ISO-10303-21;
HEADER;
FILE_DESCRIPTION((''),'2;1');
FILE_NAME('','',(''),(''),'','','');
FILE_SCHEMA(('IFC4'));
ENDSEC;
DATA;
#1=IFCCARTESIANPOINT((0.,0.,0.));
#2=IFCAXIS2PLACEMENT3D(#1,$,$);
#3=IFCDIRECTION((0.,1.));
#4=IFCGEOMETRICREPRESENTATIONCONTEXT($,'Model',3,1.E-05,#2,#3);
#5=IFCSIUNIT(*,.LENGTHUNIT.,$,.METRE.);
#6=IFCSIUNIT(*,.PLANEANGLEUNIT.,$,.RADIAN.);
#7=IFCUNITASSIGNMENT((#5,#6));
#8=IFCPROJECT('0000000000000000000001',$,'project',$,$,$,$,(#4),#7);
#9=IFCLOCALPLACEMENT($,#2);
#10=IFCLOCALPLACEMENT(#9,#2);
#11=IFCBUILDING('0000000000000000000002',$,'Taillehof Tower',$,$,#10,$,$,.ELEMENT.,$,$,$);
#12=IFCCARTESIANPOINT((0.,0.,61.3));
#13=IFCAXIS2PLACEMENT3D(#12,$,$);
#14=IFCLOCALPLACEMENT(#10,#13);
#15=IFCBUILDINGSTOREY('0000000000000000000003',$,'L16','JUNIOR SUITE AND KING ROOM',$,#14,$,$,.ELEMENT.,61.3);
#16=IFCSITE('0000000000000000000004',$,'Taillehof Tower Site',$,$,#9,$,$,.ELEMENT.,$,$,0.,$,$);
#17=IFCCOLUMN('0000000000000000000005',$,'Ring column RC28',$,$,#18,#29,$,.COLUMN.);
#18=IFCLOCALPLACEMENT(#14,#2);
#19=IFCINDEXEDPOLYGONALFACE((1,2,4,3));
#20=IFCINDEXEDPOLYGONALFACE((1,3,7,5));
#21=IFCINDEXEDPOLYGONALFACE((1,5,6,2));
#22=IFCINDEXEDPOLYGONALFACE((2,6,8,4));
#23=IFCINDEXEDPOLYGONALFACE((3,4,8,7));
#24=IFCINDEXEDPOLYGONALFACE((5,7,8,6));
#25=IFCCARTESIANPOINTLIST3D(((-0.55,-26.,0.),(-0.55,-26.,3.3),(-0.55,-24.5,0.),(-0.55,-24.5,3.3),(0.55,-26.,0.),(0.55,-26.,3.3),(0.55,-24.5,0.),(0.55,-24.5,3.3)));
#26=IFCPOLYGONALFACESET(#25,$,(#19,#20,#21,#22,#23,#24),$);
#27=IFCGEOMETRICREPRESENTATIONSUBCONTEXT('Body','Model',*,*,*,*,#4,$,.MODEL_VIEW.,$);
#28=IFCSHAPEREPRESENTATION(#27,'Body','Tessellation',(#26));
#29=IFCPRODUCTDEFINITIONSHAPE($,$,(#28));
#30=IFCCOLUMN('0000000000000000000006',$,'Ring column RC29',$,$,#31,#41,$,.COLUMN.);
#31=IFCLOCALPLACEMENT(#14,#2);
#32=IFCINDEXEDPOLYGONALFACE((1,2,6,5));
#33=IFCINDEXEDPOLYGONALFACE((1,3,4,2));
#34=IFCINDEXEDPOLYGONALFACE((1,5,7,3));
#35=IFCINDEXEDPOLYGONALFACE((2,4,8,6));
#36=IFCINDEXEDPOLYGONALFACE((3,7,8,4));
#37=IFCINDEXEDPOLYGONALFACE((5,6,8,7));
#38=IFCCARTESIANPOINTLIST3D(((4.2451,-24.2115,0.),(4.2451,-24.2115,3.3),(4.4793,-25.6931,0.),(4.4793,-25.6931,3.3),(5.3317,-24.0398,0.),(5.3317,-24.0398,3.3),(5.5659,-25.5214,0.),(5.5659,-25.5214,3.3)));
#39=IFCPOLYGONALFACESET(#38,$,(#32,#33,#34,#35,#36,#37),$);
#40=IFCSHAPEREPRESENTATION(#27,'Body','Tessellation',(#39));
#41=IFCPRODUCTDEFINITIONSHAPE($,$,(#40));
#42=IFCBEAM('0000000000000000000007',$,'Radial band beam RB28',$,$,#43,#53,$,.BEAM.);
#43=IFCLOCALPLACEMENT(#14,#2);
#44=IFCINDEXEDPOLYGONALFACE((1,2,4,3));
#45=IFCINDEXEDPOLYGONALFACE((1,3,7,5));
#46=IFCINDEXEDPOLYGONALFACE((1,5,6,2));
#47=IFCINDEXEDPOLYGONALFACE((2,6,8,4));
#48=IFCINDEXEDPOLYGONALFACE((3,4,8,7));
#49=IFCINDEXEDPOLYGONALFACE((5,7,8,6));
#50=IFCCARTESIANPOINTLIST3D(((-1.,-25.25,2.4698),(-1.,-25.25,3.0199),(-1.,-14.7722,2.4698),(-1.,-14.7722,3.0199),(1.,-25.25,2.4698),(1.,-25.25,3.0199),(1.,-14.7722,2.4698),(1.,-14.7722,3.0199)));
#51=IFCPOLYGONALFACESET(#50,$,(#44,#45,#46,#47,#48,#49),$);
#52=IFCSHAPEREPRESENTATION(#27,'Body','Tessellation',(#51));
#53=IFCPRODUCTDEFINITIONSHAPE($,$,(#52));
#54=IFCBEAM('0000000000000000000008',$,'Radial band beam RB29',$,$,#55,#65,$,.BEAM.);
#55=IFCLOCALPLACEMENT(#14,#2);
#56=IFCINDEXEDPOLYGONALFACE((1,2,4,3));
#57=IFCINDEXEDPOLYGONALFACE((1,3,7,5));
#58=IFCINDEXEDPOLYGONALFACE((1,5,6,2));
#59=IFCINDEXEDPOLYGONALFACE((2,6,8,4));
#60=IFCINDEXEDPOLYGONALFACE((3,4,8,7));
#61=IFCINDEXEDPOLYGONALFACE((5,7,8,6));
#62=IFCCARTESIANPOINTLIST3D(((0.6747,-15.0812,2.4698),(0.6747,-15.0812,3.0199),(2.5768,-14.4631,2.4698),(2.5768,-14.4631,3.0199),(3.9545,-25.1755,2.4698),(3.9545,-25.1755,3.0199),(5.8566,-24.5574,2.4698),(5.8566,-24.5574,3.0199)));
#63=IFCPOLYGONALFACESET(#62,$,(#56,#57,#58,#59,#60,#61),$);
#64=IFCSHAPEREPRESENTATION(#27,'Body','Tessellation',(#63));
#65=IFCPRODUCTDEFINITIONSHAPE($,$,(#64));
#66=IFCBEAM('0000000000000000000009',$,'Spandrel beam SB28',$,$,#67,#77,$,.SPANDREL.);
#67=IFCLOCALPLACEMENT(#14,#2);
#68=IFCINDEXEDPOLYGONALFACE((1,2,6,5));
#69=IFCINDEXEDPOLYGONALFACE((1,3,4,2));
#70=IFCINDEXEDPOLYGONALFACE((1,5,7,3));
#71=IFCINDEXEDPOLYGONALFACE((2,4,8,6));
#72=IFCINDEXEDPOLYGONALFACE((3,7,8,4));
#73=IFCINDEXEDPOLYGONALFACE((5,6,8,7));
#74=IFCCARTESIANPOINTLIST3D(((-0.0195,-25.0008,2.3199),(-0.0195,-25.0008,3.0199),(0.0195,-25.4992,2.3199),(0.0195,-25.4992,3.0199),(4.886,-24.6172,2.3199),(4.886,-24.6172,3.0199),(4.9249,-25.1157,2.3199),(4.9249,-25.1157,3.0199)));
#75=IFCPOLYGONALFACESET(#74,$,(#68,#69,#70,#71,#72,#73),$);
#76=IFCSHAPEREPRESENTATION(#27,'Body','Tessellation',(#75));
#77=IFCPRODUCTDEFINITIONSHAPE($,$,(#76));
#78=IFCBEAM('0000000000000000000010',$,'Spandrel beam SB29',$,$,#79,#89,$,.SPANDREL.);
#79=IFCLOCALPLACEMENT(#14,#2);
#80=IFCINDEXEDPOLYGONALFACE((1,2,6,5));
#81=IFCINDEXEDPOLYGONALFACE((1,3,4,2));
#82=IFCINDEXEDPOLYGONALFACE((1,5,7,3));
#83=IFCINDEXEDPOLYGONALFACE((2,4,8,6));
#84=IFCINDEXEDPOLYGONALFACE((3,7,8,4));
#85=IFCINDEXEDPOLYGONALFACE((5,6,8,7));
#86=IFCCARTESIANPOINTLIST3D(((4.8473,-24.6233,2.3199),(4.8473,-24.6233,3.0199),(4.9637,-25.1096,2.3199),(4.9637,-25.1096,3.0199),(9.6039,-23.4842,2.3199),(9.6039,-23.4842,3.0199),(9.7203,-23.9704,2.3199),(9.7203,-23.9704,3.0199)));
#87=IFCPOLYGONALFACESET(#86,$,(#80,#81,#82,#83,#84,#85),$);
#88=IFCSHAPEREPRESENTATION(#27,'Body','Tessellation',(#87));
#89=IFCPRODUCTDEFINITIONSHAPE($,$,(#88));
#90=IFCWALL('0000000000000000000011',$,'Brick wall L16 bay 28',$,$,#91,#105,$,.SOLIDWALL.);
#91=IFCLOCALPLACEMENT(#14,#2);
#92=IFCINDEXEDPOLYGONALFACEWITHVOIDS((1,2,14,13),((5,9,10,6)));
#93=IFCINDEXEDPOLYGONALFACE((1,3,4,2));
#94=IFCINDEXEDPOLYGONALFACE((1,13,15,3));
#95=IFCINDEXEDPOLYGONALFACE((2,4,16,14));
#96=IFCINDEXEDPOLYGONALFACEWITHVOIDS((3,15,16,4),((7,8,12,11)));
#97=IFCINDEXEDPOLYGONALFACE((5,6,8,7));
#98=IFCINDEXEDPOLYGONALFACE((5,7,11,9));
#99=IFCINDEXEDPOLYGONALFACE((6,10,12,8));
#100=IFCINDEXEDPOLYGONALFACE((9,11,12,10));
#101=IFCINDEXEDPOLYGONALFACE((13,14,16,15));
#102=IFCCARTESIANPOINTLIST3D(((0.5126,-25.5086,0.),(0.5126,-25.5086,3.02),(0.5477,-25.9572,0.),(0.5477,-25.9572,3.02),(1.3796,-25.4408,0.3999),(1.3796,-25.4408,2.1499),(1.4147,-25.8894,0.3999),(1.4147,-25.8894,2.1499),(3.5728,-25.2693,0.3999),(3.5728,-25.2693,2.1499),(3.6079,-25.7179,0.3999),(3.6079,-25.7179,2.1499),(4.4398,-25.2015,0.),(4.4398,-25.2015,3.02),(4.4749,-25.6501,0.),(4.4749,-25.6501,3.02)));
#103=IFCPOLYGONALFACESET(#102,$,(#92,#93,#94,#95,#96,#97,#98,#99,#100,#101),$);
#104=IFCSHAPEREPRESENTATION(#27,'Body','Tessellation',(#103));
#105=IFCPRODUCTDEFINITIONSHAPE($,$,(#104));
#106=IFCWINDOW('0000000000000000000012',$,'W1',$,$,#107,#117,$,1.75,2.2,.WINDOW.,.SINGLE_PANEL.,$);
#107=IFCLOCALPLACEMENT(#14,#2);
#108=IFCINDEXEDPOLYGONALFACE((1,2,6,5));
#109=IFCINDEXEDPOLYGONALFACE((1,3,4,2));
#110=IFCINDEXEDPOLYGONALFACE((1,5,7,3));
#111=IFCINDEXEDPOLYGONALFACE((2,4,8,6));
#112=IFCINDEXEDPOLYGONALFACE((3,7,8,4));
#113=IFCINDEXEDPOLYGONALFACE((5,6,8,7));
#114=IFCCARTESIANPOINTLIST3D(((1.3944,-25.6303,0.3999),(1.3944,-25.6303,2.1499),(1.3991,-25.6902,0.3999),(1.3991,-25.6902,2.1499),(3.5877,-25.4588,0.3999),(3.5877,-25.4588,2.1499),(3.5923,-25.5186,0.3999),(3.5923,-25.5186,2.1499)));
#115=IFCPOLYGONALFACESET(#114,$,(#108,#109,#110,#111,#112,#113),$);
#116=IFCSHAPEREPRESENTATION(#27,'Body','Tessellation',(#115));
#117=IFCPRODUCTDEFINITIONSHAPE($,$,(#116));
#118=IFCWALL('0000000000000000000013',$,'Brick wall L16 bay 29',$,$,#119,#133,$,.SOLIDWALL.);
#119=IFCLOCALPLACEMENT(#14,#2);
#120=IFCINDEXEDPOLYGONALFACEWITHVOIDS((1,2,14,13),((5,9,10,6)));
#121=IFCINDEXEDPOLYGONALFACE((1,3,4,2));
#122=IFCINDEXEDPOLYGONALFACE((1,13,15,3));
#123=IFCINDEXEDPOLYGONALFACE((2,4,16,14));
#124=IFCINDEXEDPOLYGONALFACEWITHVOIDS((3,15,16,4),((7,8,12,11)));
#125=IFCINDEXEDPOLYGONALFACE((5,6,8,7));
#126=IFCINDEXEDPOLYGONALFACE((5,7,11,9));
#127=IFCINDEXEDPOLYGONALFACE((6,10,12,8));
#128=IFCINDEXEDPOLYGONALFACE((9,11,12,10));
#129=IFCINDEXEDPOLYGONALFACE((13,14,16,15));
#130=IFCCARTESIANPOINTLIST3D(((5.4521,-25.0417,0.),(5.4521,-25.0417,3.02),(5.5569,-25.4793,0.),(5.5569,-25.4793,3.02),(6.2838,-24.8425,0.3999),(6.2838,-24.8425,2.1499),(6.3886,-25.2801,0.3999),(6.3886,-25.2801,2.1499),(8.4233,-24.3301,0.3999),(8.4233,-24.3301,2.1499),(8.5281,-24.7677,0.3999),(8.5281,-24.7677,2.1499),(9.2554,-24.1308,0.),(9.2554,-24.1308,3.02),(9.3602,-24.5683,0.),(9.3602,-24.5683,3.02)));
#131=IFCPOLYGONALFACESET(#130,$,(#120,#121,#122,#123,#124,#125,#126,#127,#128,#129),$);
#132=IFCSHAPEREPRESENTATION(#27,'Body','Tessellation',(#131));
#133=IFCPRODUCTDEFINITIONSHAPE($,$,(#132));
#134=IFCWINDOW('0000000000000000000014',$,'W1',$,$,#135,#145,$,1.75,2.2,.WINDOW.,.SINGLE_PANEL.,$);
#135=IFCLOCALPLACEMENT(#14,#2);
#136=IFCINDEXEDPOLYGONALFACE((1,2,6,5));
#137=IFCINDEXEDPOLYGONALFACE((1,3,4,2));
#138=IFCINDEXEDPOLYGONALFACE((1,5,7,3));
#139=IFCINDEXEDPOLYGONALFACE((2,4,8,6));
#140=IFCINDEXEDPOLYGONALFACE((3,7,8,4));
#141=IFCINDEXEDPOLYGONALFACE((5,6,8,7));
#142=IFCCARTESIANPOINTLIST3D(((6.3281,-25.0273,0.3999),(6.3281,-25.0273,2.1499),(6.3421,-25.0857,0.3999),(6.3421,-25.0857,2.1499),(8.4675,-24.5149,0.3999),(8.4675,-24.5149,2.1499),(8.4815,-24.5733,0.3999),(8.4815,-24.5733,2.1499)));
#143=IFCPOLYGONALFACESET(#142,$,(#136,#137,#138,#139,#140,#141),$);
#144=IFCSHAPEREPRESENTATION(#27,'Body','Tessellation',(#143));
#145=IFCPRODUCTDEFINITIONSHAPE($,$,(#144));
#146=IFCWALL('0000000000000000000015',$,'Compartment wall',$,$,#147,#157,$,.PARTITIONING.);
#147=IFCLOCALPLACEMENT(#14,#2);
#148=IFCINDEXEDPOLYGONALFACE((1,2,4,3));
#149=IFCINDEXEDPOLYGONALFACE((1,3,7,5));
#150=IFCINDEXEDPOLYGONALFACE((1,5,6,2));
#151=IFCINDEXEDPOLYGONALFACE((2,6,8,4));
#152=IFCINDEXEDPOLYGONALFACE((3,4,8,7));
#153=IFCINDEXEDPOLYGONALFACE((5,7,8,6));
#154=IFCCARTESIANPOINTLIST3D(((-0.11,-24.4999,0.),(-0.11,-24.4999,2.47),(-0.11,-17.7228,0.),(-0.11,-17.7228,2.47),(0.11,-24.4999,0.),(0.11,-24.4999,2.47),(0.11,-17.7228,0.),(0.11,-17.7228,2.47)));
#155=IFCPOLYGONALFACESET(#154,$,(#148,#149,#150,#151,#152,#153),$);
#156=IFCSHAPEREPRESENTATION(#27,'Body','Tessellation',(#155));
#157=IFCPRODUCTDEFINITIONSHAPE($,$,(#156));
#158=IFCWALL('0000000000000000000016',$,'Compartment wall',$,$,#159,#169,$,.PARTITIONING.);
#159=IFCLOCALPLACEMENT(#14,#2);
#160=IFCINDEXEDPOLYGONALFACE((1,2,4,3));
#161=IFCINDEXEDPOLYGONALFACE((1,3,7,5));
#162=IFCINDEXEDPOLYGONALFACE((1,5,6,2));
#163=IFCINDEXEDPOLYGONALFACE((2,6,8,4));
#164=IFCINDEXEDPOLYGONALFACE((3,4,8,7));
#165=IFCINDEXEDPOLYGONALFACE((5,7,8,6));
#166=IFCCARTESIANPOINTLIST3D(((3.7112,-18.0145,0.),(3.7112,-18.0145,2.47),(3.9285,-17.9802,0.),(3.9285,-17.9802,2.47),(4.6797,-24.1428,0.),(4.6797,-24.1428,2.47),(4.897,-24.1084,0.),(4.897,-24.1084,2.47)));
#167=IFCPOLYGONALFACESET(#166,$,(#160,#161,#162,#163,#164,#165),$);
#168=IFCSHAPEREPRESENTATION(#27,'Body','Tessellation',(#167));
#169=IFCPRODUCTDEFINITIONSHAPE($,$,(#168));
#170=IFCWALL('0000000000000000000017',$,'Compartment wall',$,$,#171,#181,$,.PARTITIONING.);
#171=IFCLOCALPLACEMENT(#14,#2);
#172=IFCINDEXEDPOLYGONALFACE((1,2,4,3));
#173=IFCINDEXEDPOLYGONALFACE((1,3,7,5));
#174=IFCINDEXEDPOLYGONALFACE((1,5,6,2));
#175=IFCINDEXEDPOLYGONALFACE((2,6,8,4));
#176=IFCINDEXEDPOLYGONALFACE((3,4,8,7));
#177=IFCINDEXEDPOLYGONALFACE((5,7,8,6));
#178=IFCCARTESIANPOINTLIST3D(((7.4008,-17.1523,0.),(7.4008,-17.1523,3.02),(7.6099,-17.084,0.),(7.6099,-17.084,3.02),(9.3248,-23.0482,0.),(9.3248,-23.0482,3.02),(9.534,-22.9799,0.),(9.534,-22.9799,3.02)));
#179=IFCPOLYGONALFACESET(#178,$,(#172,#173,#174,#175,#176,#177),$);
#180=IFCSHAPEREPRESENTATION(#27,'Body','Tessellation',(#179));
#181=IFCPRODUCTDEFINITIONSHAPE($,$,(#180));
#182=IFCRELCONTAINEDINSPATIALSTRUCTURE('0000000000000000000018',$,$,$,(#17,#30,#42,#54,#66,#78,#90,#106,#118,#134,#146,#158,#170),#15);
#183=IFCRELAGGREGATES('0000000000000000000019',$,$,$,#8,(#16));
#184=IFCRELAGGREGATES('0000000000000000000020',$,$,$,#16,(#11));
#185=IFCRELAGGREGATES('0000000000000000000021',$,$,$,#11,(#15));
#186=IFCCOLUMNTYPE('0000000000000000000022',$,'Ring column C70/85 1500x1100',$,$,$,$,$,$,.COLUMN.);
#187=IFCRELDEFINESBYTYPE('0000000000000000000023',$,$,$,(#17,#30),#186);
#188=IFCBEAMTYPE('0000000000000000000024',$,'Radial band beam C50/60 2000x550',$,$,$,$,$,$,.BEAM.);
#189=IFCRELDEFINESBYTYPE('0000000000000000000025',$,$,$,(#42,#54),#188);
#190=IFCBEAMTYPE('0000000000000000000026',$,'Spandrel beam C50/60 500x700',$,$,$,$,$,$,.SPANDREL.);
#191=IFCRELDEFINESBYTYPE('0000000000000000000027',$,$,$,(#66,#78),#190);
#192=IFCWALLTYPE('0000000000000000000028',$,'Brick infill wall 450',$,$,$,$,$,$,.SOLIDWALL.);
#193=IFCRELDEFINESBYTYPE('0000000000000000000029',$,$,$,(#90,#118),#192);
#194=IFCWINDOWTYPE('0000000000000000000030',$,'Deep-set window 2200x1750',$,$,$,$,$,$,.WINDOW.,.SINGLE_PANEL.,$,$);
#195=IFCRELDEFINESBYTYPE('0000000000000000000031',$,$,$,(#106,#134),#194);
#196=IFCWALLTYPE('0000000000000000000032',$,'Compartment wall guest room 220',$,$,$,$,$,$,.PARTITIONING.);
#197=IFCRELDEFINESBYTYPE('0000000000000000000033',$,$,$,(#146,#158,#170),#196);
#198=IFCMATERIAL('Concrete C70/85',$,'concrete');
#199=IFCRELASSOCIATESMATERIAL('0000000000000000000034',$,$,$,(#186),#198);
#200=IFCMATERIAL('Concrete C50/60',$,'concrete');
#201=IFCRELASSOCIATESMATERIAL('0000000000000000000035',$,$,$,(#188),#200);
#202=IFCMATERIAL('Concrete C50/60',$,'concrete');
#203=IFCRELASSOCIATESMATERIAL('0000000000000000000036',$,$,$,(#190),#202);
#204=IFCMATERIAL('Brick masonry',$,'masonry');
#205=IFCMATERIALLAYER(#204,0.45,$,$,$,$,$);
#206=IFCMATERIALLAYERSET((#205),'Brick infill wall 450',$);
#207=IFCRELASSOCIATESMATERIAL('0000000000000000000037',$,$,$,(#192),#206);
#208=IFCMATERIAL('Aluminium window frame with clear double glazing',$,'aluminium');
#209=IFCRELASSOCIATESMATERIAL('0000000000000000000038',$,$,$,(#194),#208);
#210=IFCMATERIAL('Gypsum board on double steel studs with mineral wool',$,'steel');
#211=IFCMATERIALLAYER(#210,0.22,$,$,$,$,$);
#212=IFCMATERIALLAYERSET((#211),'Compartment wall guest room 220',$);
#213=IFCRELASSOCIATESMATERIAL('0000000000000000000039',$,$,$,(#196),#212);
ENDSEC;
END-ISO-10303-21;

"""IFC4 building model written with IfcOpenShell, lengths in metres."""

from ifc_helpers import new_model, si_unit, direction, frame, frame_2d, origin, origin_2d, place, context, subcontext, project, spatial, rectangle, extrude, material, layer, layer_set, material_profile, profile_set, type_object, element, fill, save


model = new_model("IFC4")

# Units and contexts
model_context = context("Model", 3, precision=1e-05, world=origin(), true_north=direction((0.0, 1.0)))
body_context = subcontext(model_context, "Body", "Model", "MODEL_VIEW")
ifc_project = project(units=[si_unit("LENGTHUNIT", "METRE"), si_unit("PLANEANGLEUNIT", "RADIAN")], contexts=[model_context])

# Site, building, storey
site_placement = place(None, origin())
site = spatial("IfcSite", under=ifc_project, at=site_placement, Name="Taillehof Tower Site", CompositionType="ELEMENT", RefElevation=0.0)
building_placement = place(site_placement, origin())
building = spatial("IfcBuilding", under=site, at=building_placement, Name="Taillehof Tower", CompositionType="ELEMENT")
storey_placement = place(building_placement, frame((0.0, 0.0, 61.3)))
storey = spatial("IfcBuildingStorey", under=building, at=storey_placement, Name="L16", Description="JUNIOR SUITE AND KING ROOM", CompositionType="ELEMENT", Elevation=61.3)

# Columns
ifc_material_1 = material(Name="Concrete C70/85", Category="concrete")
ifc_material_profile_1 = material_profile(ifc_material_1, rectangle(XDim=1.5, YDim=1.1001, at=origin_2d()), Name="RC 1500x1100")
ifc_profile_set_1 = profile_set([ifc_material_profile_1], Name="Concrete C70/85")
column_type = type_object("IfcColumnType", Name="Ring column C70/85 1500x1100", PredefinedType="COLUMN", material=ifc_profile_set_1)
for number, where, z_axis, x_axis, name in (
    (1, (0.0, -25.25, 0.0), (0.0, 0.0, 1.0), (0.0, -1.0, 0.0), "Ring column RC28"),
    (2, (4.9055, -24.8665, 0.0), (0.0, 0.0, 1.0), (0.156147, -0.987734, 0.0), "Ring column RC29"),
):
    element("IfcColumn", number, at=place(storey_placement, frame(where, z_axis=z_axis, x_axis=x_axis)), inside=storey, type_object=column_type, Name=name, PredefinedType="COLUMN", context=body_context, shape_type="SweptSolid", body=[
        extrude(rectangle(XDim=1.5, YDim=1.1001, at=origin_2d()), origin(), (0.0, 0.0, 1.0), 3.3),
    ])

# Beams
ifc_material_2 = material(Name="Concrete C50/60", Category="concrete")
ifc_material_profile_2 = material_profile(ifc_material_2, rectangle(XDim=2.0, YDim=0.55, at=origin_2d()), Name="RC 2000x550")
ifc_profile_set_2 = profile_set([ifc_material_profile_2], Name="Concrete C50/60")
beam_type_1 = type_object("IfcBeamType", Name="Radial band beam C50/60 2000x550", PredefinedType="BEAM", material=ifc_profile_set_2)
beam_1_placement = place(storey_placement, frame((0.0, -25.25, 2.7449), z_axis=(0.0, 1.0, 0.0), x_axis=(-1.0, 0.0, 0.0)))
element("IfcBeam", 3, at=beam_1_placement, inside=storey, type_object=beam_type_1, Name="Radial band beam RB28", PredefinedType="BEAM", context=body_context, shape_type="SweptSolid", body=[
    extrude(rectangle(XDim=2.0, YDim=0.55, at=origin_2d()), origin(), (0.0, 0.0, 1.0), 10.4778),
])
beam_2_placement = place(storey_placement, frame((4.9055, -24.8665, 2.7449), z_axis=(-0.309014, 0.951057, 0.0), x_axis=(-0.951057, -0.309014, 0.0)))
element("IfcBeam", 4, at=beam_2_placement, inside=storey, type_object=beam_type_1, Name="Radial band beam RB29", PredefinedType="BEAM", context=body_context, shape_type="SweptSolid", body=[
    extrude(rectangle(XDim=2.0, YDim=0.55, at=origin_2d()), origin(), (0.0, 0.0, 1.0), 10.6138),
])
ifc_material_3 = material(Name="Concrete C50/60", Category="concrete")
ifc_material_profile_3 = material_profile(ifc_material_3, rectangle(XDim=0.5, YDim=0.7, at=origin_2d()), Name="RC 500x700")
ifc_profile_set_3 = profile_set([ifc_material_profile_3], Name="Concrete C50/60")
beam_type_2 = type_object("IfcBeamType", Name="Spandrel beam C50/60 500x700", PredefinedType="SPANDREL", material=ifc_profile_set_3)
beam_3_placement = place(storey_placement, frame((0.0, -25.25, 2.6699), z_axis=(0.996957, 0.077949, 0.0), x_axis=(-0.077949, 0.996957, 0.0)))
element("IfcBeam", 5, at=beam_3_placement, inside=storey, type_object=beam_type_2, Name="Spandrel beam SB28", PredefinedType="SPANDREL", context=body_context, shape_type="SweptSolid", body=[
    extrude(rectangle(XDim=0.5, YDim=0.7, at=origin_2d()), origin(), (0.0, 0.0, 1.0), 4.9204),
])
beam_4_placement = place(storey_placement, frame((4.9055, -24.8665, 2.6699), z_axis=(0.9725, 0.232905, 0.0), x_axis=(-0.232905, 0.9725, 0.0)))
element("IfcBeam", 6, at=beam_4_placement, inside=storey, type_object=beam_type_2, Name="Spandrel beam SB29", PredefinedType="SPANDREL", context=body_context, shape_type="SweptSolid", body=[
    extrude(rectangle(XDim=0.5, YDim=0.7, at=origin_2d()), origin(), (0.0, 0.0, 1.0), 4.8911),
])

# Walls, openings, windows
ifc_material_4 = material(Name="Brick masonry", Category="masonry")
ifc_layer_1 = layer(ifc_material_4, 0.45)
ifc_layer_set_1 = layer_set([ifc_layer_1], Name="Brick infill wall 450")
wall_type_1 = type_object("IfcWallType", Name="Brick infill wall 450", PredefinedType="SOLIDWALL", material=ifc_layer_set_1)
wall_1_placement = place(storey_placement, frame((0.53, -25.7329, 0.0), z_axis=(0.0, 0.0, 1.0), x_axis=(0.996956, 0.077967, 0.0)))
wall_1 = element("IfcWall", 7, at=wall_1_placement, inside=storey, type_object=wall_type_1, Name="Brick wall L16 bay 28", PredefinedType="SOLIDWALL", context=body_context, shape_type="SweptSolid", body=[
    extrude(rectangle(XDim=3.9392, YDim=0.45, at=frame_2d((1.9697, 0.0))), origin(), (0.0, 0.0, 1.0), 3.02),
])
opening_1_placement = place(wall_1_placement, frame((0.8696, 0.0, 0.3999)))
opening_1 = element("IfcOpeningElement", 8, at=opening_1_placement, cuts=wall_1, PredefinedType="OPENING", context=body_context, shape_type="SweptSolid", body=[
    extrude(rectangle(XDim=2.2, YDim=1.75, at=frame_2d((1.1001, 0.875))), frame((0.0, 0.2349, 0.0), z_axis=(0.0, -1.0, 0.0), x_axis=(1.0, 0.0, 0.0)), (0.0, 0.0, 1.0), 0.47),
])
ifc_material_5 = material(Name="Aluminium window frame with clear double glazing", Category="aluminium")
window_type = type_object("IfcWindowType", Name="Deep-set window 2200x1750", PartitioningType="SINGLE_PANEL", PredefinedType="WINDOW", material=ifc_material_5)
window_1_placement = place(opening_1_placement, origin())
window_1 = element("IfcWindow", 9, at=window_1_placement, inside=storey, type_object=window_type, Name="W1", OverallHeight=1.75, OverallWidth=2.2, PartitioningType="SINGLE_PANEL", PredefinedType="WINDOW", context=body_context, shape_type="SweptSolid", body=[
    extrude(rectangle(XDim=2.2, YDim=1.75, at=frame_2d((1.1001, 0.875))), frame((0.0, 0.0349, 0.0), z_axis=(0.0, -1.0, 0.0), x_axis=(1.0, 0.0, 0.0)), (0.0, 0.0, 1.0), 0.0601),
])
fill(opening_1, window_1)
wall_2_placement = place(storey_placement, frame((5.5044, -25.2605, 0.0), z_axis=(0.0, 0.0, 1.0), x_axis=(0.972497, 0.232917, 0.0)))
wall_2 = element("IfcWall", 10, at=wall_2_placement, inside=storey, type_object=wall_type_1, Name="Brick wall L16 bay 29", PredefinedType="SOLIDWALL", context=body_context, shape_type="SweptSolid", body=[
    extrude(rectangle(XDim=3.9109, YDim=0.45, at=frame_2d((1.9556, 0.0))), origin(), (0.0, 0.0, 1.0), 3.02),
])
opening_2_placement = place(wall_2_placement, frame((0.8552, 0.0, 0.3999)))
opening_2 = element("IfcOpeningElement", 11, at=opening_2_placement, cuts=wall_2, PredefinedType="OPENING", context=body_context, shape_type="SweptSolid", body=[
    extrude(rectangle(XDim=2.2, YDim=1.75, at=frame_2d((1.1001, 0.875))), frame((0.0, 0.2349, 0.0), z_axis=(0.0, -1.0, 0.0), x_axis=(1.0, 0.0, 0.0)), (0.0, 0.0, 1.0), 0.47),
])
window_2_placement = place(opening_2_placement, origin())
window_2 = element("IfcWindow", 12, at=window_2_placement, inside=storey, type_object=window_type, Name="W1", OverallHeight=1.75, OverallWidth=2.2, PartitioningType="SINGLE_PANEL", PredefinedType="WINDOW", context=body_context, shape_type="SweptSolid", body=[
    extrude(rectangle(XDim=2.2, YDim=1.75, at=frame_2d((1.1001, 0.875))), frame((0.0, 0.0349, 0.0), z_axis=(0.0, -1.0, 0.0), x_axis=(1.0, 0.0, 0.0)), (0.0, 0.0, 1.0), 0.0601),
])
fill(opening_2, window_2)

# Walls
ifc_material_6 = material(Name="Gypsum board on double steel studs with mineral wool", Category="steel")
ifc_layer_2 = layer(ifc_material_6, 0.22)
ifc_layer_set_2 = layer_set([ifc_layer_2], Name="Compartment wall guest room 220")
wall_type_2 = type_object("IfcWallType", Name="Compartment wall guest room 220", PredefinedType="PARTITIONING", material=ifc_layer_set_2)
wall_3_placement = place(storey_placement, frame((0.0, -24.5, 0.0), z_axis=(0.0, 0.0, 1.0), x_axis=(0.0, 1.0, 0.0)))
element("IfcWall", 13, at=wall_3_placement, inside=storey, type_object=wall_type_2, Name="Compartment wall", PredefinedType="PARTITIONING", context=body_context, shape_type="SweptSolid", body=[
    extrude(rectangle(XDim=6.7771, YDim=0.22, at=frame_2d((3.3887, 0.0))), origin(), (0.0, 0.0, 1.0), 2.47),
])
wall_4_placement = place(storey_placement, frame((4.7883, -24.1255, 0.0), z_axis=(0.0, 0.0, 1.0), x_axis=(-0.156104, 0.987741, 0.0)))
element("IfcWall", 14, at=wall_4_placement, inside=storey, type_object=wall_type_2, Name="Compartment wall", PredefinedType="PARTITIONING", context=body_context, shape_type="SweptSolid", body=[
    extrude(rectangle(XDim=6.2043, YDim=0.22, at=frame_2d((3.1021, 0.0))), origin(), (0.0, 0.0, 1.0), 2.47),
])
wall_5_placement = place(storey_placement, frame((9.4294, -23.0142, 0.0), z_axis=(0.0, 0.0, 1.0), x_axis=(-0.310234, 0.95066, 0.0)))
element("IfcWall", 15, at=wall_5_placement, inside=storey, type_object=wall_type_2, Name="Compartment wall", PredefinedType="PARTITIONING", context=body_context, shape_type="SweptSolid", body=[
    extrude(rectangle(XDim=6.2019, YDim=0.22, at=frame_2d((3.1011, 0.0))), origin(), (0.0, 0.0, 1.0), 3.02),
])

save(model, "model.ifc")
